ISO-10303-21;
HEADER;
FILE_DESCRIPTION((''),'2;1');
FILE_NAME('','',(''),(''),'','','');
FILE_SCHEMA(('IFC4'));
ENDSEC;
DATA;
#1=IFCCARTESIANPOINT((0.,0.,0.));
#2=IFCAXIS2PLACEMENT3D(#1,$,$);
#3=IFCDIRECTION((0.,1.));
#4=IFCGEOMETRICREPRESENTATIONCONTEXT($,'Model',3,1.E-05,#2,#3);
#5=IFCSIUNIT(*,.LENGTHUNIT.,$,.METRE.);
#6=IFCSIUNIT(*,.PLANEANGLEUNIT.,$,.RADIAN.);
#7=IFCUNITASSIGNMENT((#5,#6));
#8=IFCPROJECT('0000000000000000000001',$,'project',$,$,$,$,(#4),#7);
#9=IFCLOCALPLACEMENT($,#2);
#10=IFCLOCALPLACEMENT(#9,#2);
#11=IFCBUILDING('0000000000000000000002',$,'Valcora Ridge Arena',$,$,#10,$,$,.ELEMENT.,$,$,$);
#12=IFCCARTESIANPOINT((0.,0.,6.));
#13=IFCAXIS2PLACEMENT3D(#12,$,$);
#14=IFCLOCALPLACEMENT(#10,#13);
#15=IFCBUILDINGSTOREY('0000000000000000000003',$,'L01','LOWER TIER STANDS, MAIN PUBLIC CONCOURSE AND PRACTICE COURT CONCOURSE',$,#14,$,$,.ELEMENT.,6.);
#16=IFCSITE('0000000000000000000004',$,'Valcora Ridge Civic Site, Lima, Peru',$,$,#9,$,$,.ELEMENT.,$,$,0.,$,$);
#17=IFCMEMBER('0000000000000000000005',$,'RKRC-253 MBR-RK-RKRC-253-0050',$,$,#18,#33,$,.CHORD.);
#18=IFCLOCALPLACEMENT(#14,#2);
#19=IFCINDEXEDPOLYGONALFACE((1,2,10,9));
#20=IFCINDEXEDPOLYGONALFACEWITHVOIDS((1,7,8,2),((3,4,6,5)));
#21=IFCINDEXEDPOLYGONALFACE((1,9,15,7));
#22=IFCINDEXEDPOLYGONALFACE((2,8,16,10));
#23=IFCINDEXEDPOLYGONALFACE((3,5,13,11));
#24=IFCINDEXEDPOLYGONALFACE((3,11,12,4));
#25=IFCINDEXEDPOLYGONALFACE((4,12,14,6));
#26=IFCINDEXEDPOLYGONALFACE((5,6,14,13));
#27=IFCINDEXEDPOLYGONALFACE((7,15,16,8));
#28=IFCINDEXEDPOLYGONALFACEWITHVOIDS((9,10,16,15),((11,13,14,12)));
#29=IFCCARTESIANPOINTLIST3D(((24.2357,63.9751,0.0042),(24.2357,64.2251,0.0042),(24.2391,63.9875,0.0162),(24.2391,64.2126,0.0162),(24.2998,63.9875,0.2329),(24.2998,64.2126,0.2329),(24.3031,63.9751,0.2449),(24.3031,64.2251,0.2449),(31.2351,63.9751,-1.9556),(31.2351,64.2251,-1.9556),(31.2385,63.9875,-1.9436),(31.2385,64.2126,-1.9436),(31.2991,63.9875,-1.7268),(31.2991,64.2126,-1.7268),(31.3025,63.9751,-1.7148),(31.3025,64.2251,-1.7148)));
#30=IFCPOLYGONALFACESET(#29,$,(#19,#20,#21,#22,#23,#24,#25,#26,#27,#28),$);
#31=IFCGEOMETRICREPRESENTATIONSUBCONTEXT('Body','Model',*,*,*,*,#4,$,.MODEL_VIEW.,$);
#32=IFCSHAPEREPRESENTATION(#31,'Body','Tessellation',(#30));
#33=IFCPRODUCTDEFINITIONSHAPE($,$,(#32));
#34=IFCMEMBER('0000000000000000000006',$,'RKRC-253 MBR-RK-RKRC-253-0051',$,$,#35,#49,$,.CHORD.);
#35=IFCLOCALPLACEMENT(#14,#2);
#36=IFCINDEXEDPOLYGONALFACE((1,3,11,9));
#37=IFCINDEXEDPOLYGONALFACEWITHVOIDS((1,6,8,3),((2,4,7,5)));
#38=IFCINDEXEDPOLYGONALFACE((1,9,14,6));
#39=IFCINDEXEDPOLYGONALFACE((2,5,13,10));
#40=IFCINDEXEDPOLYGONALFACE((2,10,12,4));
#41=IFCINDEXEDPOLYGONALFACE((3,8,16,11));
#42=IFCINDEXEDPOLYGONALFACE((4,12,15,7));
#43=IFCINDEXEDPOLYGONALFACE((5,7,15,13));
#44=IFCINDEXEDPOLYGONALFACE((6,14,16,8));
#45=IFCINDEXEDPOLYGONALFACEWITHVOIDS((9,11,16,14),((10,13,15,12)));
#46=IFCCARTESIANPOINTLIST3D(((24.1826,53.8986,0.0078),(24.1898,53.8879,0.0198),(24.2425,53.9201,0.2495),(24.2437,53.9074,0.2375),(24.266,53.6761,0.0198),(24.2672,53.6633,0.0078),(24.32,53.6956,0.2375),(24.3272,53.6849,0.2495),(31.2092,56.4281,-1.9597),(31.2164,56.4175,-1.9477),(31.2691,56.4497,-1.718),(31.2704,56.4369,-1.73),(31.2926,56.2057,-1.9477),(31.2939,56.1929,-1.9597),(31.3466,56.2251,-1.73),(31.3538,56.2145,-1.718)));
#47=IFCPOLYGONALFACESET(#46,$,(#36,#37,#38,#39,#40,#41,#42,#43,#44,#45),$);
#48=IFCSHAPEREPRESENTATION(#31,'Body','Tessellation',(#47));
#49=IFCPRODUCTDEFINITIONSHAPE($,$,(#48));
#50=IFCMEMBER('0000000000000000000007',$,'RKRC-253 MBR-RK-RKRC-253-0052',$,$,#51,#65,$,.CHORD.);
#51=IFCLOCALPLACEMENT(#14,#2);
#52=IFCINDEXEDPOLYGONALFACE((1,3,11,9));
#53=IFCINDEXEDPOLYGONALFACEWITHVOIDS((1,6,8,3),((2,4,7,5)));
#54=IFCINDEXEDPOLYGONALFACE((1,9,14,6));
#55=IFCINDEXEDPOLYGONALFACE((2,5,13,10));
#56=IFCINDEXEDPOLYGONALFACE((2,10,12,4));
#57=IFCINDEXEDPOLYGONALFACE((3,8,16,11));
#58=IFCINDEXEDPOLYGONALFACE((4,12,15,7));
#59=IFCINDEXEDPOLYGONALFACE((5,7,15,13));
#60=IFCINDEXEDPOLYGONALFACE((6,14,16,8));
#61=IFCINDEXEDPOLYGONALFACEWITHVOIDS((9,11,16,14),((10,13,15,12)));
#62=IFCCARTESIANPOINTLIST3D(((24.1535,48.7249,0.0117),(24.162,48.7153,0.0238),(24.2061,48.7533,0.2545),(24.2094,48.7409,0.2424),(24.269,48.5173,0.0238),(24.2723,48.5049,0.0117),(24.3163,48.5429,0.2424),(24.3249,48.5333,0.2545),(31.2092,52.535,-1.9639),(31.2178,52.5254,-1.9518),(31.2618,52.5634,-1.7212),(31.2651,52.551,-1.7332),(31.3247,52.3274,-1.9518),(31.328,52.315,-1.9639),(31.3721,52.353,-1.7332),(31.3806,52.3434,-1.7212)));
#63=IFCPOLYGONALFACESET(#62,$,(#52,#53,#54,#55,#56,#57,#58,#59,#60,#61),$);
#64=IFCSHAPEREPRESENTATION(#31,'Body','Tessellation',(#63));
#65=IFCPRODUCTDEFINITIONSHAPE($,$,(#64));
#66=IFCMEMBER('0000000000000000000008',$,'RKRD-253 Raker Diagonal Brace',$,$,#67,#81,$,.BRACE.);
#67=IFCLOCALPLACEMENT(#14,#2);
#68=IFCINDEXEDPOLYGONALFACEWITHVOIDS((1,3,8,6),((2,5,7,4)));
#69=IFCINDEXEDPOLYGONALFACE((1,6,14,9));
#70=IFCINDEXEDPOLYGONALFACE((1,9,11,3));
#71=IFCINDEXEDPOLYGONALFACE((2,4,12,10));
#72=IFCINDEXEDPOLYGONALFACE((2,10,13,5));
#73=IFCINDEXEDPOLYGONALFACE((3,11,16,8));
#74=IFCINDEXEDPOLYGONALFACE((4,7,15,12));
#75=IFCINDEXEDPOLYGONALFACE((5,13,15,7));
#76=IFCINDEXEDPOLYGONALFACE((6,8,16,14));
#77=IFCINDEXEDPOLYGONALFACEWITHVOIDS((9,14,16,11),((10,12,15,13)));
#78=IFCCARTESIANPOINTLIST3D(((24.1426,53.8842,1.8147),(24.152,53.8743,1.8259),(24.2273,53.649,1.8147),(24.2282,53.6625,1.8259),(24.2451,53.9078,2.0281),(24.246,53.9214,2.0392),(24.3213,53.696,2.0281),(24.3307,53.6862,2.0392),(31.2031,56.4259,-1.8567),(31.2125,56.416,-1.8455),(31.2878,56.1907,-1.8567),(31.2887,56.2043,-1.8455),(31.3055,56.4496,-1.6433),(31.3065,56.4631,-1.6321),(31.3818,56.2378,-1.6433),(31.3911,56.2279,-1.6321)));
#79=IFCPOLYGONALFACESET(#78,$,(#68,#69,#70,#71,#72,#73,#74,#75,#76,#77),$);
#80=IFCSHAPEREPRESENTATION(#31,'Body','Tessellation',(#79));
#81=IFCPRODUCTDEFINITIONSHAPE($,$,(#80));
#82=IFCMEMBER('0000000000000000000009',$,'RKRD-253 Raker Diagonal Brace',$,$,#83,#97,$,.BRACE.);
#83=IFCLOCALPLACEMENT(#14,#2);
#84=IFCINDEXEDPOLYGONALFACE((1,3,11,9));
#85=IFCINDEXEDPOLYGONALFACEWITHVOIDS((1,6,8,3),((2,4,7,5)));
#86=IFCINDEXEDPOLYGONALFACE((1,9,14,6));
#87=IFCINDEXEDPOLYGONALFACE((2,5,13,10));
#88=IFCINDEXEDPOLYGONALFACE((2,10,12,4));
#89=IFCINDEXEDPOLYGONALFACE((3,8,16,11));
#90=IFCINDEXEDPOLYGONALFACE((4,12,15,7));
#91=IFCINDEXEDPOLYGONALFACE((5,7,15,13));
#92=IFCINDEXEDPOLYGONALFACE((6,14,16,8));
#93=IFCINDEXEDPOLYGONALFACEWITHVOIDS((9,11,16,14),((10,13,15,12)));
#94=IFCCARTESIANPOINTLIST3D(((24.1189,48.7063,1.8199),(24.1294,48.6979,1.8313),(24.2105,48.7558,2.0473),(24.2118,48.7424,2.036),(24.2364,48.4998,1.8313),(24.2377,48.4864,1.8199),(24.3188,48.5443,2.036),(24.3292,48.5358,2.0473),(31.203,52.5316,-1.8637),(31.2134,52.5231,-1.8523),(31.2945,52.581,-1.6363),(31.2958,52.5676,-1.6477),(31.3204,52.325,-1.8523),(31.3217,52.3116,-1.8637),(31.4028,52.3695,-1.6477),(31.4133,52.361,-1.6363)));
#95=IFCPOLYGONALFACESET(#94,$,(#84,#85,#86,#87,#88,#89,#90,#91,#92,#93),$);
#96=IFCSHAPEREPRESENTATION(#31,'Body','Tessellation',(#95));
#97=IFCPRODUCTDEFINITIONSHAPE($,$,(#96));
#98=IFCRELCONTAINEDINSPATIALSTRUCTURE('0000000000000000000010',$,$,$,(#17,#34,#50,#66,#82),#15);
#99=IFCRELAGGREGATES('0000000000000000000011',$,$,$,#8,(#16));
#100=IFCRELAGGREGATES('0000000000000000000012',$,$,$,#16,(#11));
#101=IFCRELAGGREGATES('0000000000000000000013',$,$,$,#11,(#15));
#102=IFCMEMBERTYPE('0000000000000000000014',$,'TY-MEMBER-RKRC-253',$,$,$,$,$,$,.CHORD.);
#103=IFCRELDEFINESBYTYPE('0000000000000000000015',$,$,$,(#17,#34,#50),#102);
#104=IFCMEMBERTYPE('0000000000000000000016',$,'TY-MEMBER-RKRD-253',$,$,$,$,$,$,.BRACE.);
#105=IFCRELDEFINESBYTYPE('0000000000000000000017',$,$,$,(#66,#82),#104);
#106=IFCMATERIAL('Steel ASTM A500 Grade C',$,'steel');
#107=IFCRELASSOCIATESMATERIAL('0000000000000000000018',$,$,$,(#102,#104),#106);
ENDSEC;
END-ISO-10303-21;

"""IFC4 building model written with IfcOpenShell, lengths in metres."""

from ifc_helpers import new_model, si_unit, direction, frame, origin, origin_2d, place, context, subcontext, project, spatial, hollow_rectangle, extrude, material, material_profile, profile_set, type_object, element, save


model = new_model("IFC4")

# Units and contexts
model_context = context("Model", 3, precision=1e-05, world=origin(), true_north=direction((0.0, 1.0)))
body_context = subcontext(model_context, "Body", "Model", "MODEL_VIEW")
ifc_project = project(units=[si_unit("LENGTHUNIT", "METRE"), si_unit("PLANEANGLEUNIT", "RADIAN")], contexts=[model_context])

# Site, building, storey
site_placement = place(None, origin())
site = spatial("IfcSite", under=ifc_project, at=site_placement, Name="Valcora Ridge Civic Site, Lima, Peru", CompositionType="ELEMENT", RefElevation=0.0)
building_placement = place(site_placement, origin())
building = spatial("IfcBuilding", under=site, at=building_placement, Name="Valcora Ridge Arena", CompositionType="ELEMENT")
storey_placement = place(building_placement, frame((0.0, 0.0, 6.0)))
storey = spatial("IfcBuildingStorey", under=building, at=storey_placement, Name="L01", Description="LOWER TIER STANDS, MAIN PUBLIC CONCOURSE AND PRACTICE COURT CONCOURSE", CompositionType="ELEMENT", Elevation=6.0)

# Members
ifc_material_1 = material(Name="Steel ASTM A500 Grade C", Category="steel")
ifc_material_profile_1 = material_profile(ifc_material_1, hollow_rectangle(XDim=0.25, YDim=0.25, WallThickness=0.0125, at=origin_2d()), Name="HSS250X250X12")
ifc_profile_set_1 = profile_set([ifc_material_profile_1], Name="Steel ASTM A500 Grade C")
member_type_1 = type_object("IfcMemberType", Name="TY-MEMBER-RKRC-253", PredefinedType="CHORD", material=ifc_profile_set_1)
member_1_placement = place(storey_placement, frame((31.2688, 64.1001, -1.8352), z_axis=(-0.962967, 0.0, 0.26962), x_axis=(0.0, -1.0, 0.0)))
element("IfcMember", 1, at=member_1_placement, inside=storey, type_object=member_type_1, Name="RKRC-253 MBR-RK-RKRC-253-0050", PredefinedType="CHORD", context=body_context, shape_type="SweptSolid", body=[
    extrude(hollow_rectangle(XDim=0.25, YDim=0.25, WallThickness=0.0125, at=origin_2d()), origin(), (0.0, 0.0, 1.0), 7.2686),
])
member_2_placement = place(storey_placement, frame((31.2815, 56.3213, -1.8389), z_axis=(-0.909842, -0.327538, 0.254766), x_axis=(0.338715, -0.940889, 0.0)))
element("IfcMember", 2, at=member_2_placement, inside=storey, type_object=member_type_1, Name="RKRC-253 MBR-RK-RKRC-253-0051", PredefinedType="CHORD", context=body_context, shape_type="SweptSolid", body=[
    extrude(hollow_rectangle(XDim=0.25, YDim=0.25, WallThickness=0.0125, at=origin_2d()), origin(), (0.0, 0.0, 1.0), 7.7229),
])
member_3_placement = place(storey_placement, frame((31.2949, 52.4392, -1.8425), z_axis=(-0.854358, -0.461353, 0.23922), x_axis=(0.475149, -0.879905, 0.0)))
element("IfcMember", 3, at=member_3_placement, inside=storey, type_object=member_type_1, Name="RKRC-253 MBR-RK-RKRC-253-0052", PredefinedType="CHORD", context=body_context, shape_type="SweptSolid", body=[
    extrude(hollow_rectangle(XDim=0.25, YDim=0.25, WallThickness=0.0125, at=origin_2d()), origin(), (0.0, 0.0, 1.0), 8.2585),
])
ifc_material_profile_2 = material_profile(ifc_material_1, hollow_rectangle(XDim=0.25, YDim=0.25, WallThickness=0.0125, at=origin_2d()), Name="HSS250X250X12")
ifc_profile_set_2 = profile_set([ifc_material_profile_2], Name="Steel ASTM A500 Grade C")
member_type_2 = type_object("IfcMemberType", Name="TY-MEMBER-RKRD-253", PredefinedType="BRACE", material=ifc_profile_set_2)
member_4_placement = place(storey_placement, frame((31.2971, 56.3269, -1.7444), z_axis=(-0.84516, -0.304252, 0.439472), x_axis=(0.338714, -0.940889, 0.0)))
element("IfcMember", 4, at=member_4_placement, inside=storey, type_object=member_type_2, Name="RKRD-253 Raker Diagonal Brace", PredefinedType="BRACE", context=body_context, shape_type="SweptSolid", body=[
    extrude(hollow_rectangle(XDim=0.25, YDim=0.25, WallThickness=0.0125, at=origin_2d()), origin(), (0.0, 0.0, 1.0), 8.354),
])
member_5_placement = place(storey_placement, frame((31.3081, 52.4463, -1.75), z_axis=(-0.800137, -0.432056, 0.416062), x_axis=(0.475134, -0.879914, 0.0)))
element("IfcMember", 5, at=member_5_placement, inside=storey, type_object=member_type_2, Name="RKRD-253 Raker Diagonal Brace", PredefinedType="BRACE", context=body_context, shape_type="SweptSolid", body=[
    extrude(hollow_rectangle(XDim=0.25, YDim=0.25, WallThickness=0.0125, at=origin_2d()), origin(), (0.0, 0.0, 1.0), 8.8535),
])

save(model, "model.ifc")
